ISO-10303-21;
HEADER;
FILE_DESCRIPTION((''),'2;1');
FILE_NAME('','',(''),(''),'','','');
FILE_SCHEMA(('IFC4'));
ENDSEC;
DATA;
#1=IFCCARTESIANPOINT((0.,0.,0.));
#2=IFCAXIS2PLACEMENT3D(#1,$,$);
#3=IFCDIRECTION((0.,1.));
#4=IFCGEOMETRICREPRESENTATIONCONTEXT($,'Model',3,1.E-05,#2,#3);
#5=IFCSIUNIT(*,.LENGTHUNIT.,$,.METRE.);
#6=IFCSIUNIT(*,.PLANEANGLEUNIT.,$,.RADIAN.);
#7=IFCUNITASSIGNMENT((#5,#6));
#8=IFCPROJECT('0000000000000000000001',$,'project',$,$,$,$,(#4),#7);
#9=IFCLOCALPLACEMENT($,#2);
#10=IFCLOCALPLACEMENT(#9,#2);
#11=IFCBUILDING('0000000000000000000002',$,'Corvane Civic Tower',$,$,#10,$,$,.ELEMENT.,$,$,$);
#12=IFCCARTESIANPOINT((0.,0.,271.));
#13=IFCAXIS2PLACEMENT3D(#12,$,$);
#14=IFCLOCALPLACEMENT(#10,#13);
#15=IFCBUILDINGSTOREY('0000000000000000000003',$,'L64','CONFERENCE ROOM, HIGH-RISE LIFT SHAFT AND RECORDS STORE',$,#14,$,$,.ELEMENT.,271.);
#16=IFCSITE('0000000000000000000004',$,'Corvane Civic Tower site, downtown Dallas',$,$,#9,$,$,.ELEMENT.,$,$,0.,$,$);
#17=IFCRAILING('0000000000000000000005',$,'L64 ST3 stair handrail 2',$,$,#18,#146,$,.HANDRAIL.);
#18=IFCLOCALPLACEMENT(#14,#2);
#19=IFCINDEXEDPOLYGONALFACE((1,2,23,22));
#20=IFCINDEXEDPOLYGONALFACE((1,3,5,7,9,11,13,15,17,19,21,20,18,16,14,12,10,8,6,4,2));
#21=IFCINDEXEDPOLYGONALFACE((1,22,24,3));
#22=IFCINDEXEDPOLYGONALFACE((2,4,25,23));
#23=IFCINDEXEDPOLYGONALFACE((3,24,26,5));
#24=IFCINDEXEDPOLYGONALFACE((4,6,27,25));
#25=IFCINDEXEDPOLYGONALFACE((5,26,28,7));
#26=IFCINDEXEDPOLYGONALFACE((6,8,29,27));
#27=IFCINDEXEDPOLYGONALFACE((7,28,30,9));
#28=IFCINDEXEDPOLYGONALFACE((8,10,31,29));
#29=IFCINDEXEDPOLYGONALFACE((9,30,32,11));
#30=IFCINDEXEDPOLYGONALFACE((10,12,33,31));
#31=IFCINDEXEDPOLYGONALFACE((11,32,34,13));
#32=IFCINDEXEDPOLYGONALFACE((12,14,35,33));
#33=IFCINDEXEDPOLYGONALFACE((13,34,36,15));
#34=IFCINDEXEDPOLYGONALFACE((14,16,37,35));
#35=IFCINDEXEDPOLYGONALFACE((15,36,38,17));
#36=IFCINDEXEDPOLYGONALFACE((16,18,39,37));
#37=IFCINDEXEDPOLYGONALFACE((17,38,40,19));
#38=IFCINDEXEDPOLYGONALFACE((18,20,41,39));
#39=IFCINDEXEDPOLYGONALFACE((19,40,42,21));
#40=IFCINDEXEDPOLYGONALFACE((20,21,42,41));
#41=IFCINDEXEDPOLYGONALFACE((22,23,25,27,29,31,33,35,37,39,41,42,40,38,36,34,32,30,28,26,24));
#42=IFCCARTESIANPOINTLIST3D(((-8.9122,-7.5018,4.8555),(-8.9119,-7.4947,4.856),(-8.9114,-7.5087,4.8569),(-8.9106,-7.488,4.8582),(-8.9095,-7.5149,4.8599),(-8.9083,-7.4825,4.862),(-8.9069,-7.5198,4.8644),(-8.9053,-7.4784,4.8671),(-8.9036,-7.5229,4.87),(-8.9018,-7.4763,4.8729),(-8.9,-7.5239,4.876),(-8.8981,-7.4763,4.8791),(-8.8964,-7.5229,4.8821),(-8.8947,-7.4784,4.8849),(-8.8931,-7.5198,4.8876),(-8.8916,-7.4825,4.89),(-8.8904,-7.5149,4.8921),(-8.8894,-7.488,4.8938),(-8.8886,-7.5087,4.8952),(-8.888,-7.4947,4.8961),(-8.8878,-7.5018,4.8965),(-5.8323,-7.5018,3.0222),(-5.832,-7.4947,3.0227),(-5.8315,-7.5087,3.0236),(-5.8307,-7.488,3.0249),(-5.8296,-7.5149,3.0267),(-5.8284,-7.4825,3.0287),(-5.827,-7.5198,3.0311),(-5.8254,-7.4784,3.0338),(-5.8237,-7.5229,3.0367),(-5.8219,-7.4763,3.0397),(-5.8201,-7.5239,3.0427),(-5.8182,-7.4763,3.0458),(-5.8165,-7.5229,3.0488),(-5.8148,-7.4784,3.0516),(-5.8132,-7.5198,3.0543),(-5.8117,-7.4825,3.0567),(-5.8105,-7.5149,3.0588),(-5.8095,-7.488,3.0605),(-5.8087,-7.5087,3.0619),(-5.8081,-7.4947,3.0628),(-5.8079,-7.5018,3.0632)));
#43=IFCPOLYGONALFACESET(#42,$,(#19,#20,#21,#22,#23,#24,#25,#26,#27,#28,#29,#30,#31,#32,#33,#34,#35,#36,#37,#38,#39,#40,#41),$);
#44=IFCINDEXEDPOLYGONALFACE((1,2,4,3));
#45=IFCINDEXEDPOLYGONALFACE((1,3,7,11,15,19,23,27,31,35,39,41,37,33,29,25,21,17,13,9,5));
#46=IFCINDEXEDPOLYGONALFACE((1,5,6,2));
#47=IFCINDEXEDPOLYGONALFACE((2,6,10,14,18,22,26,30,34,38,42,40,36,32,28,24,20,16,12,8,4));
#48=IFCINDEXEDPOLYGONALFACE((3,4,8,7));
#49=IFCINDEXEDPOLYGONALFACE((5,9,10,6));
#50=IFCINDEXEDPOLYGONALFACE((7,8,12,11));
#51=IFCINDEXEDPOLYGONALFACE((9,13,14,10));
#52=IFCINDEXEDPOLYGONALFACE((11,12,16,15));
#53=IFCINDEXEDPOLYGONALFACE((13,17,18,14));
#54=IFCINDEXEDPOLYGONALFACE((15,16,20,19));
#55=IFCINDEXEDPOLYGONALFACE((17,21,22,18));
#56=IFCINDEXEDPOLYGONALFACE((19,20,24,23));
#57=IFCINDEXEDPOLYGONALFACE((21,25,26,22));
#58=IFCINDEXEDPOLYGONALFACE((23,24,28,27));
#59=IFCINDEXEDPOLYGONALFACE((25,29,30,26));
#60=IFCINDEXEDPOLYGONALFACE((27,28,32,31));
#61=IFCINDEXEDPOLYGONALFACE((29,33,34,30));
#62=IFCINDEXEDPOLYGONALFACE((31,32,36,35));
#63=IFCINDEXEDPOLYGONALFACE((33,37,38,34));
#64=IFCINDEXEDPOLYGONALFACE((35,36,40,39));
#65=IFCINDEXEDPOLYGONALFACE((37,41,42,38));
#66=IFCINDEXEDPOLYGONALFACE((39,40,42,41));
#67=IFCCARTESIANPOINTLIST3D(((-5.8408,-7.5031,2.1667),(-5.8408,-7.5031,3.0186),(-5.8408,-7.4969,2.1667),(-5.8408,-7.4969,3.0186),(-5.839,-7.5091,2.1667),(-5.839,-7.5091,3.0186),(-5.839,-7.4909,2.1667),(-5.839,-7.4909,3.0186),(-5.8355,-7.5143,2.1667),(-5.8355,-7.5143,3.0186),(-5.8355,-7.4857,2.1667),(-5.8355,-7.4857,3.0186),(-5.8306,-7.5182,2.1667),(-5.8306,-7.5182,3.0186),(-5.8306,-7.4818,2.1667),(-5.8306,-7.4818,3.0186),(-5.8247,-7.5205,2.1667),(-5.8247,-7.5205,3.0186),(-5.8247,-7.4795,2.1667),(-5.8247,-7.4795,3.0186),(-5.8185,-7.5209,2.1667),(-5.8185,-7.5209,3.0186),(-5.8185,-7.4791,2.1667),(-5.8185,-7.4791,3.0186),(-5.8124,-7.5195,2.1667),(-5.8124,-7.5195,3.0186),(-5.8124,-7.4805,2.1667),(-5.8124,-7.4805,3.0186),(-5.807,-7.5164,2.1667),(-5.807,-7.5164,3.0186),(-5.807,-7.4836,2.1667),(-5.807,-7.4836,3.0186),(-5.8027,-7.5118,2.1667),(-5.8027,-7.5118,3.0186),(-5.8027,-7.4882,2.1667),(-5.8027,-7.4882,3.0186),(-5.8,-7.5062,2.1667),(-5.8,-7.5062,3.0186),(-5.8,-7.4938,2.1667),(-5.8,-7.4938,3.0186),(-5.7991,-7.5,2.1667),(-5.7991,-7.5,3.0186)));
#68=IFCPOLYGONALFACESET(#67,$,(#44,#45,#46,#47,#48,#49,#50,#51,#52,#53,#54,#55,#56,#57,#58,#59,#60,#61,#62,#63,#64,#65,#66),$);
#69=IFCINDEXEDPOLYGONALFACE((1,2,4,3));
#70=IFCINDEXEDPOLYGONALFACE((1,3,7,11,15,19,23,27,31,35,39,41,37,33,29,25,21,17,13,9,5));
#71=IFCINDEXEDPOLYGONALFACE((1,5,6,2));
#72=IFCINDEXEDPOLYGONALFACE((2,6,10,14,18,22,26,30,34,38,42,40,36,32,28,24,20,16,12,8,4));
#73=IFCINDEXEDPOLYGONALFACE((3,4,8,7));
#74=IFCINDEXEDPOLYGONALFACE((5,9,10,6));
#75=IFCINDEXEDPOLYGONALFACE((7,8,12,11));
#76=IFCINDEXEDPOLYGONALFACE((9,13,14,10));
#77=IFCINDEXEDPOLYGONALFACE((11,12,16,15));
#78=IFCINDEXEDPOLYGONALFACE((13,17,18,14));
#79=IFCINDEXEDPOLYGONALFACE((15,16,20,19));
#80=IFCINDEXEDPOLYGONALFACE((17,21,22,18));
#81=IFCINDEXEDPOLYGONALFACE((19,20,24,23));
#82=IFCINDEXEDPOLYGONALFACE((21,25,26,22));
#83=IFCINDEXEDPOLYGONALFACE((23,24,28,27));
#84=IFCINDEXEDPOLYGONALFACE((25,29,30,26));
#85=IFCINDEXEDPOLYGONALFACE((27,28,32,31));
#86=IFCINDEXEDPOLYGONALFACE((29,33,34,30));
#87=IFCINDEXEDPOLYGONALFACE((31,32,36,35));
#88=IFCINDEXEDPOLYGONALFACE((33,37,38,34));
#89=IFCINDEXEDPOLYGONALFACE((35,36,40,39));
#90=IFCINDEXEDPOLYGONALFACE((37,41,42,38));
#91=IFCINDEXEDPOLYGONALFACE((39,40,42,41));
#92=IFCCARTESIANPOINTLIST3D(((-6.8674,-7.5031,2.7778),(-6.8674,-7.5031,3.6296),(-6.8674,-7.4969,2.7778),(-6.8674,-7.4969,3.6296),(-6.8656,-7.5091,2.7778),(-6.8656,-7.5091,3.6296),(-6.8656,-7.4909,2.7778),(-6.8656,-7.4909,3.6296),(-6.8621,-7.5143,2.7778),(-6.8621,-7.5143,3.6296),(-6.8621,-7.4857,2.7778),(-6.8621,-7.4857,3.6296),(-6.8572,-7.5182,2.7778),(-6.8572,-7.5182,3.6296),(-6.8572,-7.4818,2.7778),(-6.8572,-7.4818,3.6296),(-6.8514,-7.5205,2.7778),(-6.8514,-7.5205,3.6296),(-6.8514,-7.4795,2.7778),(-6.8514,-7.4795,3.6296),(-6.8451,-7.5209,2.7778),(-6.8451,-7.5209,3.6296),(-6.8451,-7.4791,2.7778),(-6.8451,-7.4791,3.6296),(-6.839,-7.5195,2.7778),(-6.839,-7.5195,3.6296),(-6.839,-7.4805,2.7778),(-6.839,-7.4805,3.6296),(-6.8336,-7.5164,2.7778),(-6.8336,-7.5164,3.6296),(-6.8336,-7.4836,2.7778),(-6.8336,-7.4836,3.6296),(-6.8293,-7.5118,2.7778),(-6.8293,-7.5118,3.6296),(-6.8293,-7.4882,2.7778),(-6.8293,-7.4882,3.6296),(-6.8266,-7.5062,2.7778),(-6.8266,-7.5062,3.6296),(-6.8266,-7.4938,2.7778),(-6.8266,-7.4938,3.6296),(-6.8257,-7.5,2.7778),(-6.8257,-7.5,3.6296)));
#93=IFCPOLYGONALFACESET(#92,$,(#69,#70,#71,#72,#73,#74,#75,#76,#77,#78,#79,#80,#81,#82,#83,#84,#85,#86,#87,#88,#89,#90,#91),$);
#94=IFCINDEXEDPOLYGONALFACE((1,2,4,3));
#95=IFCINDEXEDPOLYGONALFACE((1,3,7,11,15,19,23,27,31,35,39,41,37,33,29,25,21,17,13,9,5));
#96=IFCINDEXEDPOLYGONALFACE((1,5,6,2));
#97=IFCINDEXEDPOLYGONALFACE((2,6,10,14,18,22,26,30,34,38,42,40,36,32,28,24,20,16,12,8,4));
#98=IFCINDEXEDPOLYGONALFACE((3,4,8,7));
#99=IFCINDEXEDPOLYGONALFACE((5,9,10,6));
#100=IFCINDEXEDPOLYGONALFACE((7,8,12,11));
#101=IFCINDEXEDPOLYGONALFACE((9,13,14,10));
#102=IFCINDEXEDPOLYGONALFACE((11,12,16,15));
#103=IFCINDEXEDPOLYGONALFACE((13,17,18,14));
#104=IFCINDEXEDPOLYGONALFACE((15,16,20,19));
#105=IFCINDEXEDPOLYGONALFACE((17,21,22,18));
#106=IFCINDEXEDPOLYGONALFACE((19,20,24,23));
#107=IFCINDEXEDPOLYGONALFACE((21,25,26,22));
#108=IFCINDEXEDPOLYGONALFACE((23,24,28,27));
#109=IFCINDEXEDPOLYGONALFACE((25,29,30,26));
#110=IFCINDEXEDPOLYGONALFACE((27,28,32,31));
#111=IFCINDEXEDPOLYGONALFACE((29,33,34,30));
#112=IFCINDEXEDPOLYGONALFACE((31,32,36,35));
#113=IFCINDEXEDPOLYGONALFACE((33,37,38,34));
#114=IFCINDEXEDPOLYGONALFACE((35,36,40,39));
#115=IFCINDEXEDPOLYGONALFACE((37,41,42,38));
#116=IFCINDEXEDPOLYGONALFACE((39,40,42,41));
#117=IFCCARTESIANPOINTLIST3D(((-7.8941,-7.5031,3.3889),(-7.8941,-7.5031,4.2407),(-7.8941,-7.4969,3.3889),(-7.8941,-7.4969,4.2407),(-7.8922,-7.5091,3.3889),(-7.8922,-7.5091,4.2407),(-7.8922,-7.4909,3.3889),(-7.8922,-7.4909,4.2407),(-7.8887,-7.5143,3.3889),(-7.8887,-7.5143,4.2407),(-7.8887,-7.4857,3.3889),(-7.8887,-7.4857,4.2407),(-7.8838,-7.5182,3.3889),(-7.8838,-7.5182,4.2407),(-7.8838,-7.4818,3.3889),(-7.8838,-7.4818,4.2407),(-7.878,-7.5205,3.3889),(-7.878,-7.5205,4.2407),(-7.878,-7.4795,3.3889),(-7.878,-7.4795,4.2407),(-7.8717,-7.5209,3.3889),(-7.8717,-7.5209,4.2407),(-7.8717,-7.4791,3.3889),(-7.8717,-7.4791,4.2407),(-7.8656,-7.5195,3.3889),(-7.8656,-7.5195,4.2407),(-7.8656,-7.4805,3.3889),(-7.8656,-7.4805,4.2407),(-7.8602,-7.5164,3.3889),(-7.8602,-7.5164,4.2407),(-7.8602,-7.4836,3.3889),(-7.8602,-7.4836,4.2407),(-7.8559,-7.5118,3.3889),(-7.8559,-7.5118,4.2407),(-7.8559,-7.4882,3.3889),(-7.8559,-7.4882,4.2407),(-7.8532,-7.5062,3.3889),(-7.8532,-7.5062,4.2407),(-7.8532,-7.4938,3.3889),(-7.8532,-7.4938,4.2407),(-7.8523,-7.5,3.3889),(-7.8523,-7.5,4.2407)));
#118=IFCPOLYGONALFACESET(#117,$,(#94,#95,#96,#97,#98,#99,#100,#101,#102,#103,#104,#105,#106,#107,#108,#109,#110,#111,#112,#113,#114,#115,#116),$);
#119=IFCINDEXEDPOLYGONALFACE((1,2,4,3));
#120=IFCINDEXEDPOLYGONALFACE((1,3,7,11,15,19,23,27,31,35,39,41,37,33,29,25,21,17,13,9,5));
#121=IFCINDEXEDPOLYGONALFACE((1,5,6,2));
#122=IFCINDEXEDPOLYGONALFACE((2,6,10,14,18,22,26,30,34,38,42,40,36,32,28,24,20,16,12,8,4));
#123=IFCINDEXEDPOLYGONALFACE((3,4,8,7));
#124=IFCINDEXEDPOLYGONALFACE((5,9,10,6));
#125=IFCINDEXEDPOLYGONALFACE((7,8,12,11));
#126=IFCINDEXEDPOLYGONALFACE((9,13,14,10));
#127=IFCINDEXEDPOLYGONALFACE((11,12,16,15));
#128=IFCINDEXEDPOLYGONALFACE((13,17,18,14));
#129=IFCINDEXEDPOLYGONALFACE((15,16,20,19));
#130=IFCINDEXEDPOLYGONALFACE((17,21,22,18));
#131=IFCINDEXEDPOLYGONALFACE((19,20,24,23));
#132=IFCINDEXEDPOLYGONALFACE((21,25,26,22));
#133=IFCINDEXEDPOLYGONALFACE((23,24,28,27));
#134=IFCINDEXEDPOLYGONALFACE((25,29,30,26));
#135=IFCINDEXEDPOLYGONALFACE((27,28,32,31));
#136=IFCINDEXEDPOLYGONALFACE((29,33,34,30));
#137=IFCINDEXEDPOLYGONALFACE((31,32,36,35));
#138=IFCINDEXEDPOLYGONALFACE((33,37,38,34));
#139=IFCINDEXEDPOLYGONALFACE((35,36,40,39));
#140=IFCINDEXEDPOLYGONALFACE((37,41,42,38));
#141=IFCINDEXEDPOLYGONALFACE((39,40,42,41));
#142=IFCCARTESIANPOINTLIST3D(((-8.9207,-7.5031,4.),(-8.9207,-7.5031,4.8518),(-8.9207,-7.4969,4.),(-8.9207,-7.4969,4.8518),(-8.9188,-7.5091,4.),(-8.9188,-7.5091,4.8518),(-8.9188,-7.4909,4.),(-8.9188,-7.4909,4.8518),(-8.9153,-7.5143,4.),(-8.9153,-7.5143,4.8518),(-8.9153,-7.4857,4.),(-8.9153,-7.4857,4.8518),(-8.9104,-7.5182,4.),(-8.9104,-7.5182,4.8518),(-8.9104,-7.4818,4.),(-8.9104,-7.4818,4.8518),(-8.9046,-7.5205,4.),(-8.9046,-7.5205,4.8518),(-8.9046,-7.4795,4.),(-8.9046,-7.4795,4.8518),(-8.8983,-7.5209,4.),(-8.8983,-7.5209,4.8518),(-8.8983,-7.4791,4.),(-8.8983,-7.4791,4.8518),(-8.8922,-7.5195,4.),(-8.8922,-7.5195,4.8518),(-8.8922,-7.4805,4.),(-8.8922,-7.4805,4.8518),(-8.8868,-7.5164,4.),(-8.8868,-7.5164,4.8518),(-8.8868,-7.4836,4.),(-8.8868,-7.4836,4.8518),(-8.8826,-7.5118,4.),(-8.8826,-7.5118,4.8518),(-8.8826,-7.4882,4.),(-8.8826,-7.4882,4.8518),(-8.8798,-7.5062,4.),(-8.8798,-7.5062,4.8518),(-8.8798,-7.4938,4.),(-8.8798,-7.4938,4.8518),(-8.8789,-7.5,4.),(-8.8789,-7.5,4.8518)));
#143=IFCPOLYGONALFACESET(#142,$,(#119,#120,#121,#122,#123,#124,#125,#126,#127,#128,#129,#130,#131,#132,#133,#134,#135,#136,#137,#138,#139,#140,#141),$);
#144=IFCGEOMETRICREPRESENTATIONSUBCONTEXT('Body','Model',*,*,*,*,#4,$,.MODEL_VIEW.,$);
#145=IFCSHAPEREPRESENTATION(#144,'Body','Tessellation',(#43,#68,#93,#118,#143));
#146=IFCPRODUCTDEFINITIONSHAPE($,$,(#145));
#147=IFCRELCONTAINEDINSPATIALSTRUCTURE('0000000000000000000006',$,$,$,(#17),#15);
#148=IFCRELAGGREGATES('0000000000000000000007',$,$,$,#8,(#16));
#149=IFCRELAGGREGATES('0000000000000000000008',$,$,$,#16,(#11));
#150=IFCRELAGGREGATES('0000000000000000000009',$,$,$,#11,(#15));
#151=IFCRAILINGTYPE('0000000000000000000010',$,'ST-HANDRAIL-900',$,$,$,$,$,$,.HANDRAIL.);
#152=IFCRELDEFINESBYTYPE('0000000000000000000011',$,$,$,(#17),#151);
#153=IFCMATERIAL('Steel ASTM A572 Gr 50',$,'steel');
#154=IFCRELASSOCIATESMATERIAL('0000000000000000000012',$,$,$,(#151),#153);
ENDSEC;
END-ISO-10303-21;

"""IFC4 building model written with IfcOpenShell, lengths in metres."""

from ifc_helpers import new_model, si_unit, direction, frame, origin, origin_2d, place, context, subcontext, project, spatial, circle, extrude, material, type_object, element, save


model = new_model("IFC4")

# Units and contexts
model_context = context("Model", 3, precision=1e-05, world=origin(), true_north=direction((0.0, 1.0)))
body_context = subcontext(model_context, "Body", "Model", "MODEL_VIEW")
ifc_project = project(units=[si_unit("LENGTHUNIT", "METRE"), si_unit("PLANEANGLEUNIT", "RADIAN")], contexts=[model_context])

# Site, building, storey
site_placement = place(None, origin())
site = spatial("IfcSite", under=ifc_project, at=site_placement, Name="Corvane Civic Tower site, downtown Dallas", CompositionType="ELEMENT", RefElevation=0.0)
building_placement = place(site_placement, origin())
building = spatial("IfcBuilding", under=site, at=building_placement, Name="Corvane Civic Tower", CompositionType="ELEMENT")
storey_placement = place(building_placement, frame((0.0, 0.0, 271.0)))
storey = spatial("IfcBuildingStorey", under=building, at=storey_placement, Name="L64", Description="CONFERENCE ROOM, HIGH-RISE LIFT SHAFT AND RECORDS STORE", CompositionType="ELEMENT", Elevation=271.0)

# Railing
ifc_material_1 = material(Name="Steel ASTM A572 Gr 50", Category="steel")
railing_type_1 = type_object("IfcRailingType", Name="ST-HANDRAIL-900", PredefinedType="HANDRAIL", material=ifc_material_1)
railing_1_placement = place(storey_placement, frame((-5.8201, -7.5, 2.1667)))
element("IfcRailing", 1, at=railing_1_placement, inside=storey, type_object=railing_type_1, Name="L64 ST3 stair handrail 2", PredefinedType="HANDRAIL", context=body_context, shape_type="SweptSolid", body=[
    extrude(circle(Radius=0.0239, at=origin_2d()), frame((0.0, 0.0, 0.876), z_axis=(-0.859291, 0.0, 0.511487), x_axis=(0.0, -1.0, 0.0)), (0.0, 0.0, 1.0), 3.5842),
    extrude(circle(Radius=0.021, at=origin_2d()), origin(), (0.0, 0.0, 1.0), 0.8518),
    extrude(circle(Radius=0.021, at=origin_2d()), frame((-1.0266, 0.0, 0.6111)), (0.0, 0.0, 1.0), 0.8518),
    extrude(circle(Radius=0.021, at=origin_2d()), frame((-2.0532, 0.0, 1.2222)), (0.0, 0.0, 1.0), 0.8518),
    extrude(circle(Radius=0.021, at=origin_2d()), frame((-3.0798, 0.0, 1.8333)), (0.0, 0.0, 1.0), 0.8518),
])

save(model, "model.ifc")
